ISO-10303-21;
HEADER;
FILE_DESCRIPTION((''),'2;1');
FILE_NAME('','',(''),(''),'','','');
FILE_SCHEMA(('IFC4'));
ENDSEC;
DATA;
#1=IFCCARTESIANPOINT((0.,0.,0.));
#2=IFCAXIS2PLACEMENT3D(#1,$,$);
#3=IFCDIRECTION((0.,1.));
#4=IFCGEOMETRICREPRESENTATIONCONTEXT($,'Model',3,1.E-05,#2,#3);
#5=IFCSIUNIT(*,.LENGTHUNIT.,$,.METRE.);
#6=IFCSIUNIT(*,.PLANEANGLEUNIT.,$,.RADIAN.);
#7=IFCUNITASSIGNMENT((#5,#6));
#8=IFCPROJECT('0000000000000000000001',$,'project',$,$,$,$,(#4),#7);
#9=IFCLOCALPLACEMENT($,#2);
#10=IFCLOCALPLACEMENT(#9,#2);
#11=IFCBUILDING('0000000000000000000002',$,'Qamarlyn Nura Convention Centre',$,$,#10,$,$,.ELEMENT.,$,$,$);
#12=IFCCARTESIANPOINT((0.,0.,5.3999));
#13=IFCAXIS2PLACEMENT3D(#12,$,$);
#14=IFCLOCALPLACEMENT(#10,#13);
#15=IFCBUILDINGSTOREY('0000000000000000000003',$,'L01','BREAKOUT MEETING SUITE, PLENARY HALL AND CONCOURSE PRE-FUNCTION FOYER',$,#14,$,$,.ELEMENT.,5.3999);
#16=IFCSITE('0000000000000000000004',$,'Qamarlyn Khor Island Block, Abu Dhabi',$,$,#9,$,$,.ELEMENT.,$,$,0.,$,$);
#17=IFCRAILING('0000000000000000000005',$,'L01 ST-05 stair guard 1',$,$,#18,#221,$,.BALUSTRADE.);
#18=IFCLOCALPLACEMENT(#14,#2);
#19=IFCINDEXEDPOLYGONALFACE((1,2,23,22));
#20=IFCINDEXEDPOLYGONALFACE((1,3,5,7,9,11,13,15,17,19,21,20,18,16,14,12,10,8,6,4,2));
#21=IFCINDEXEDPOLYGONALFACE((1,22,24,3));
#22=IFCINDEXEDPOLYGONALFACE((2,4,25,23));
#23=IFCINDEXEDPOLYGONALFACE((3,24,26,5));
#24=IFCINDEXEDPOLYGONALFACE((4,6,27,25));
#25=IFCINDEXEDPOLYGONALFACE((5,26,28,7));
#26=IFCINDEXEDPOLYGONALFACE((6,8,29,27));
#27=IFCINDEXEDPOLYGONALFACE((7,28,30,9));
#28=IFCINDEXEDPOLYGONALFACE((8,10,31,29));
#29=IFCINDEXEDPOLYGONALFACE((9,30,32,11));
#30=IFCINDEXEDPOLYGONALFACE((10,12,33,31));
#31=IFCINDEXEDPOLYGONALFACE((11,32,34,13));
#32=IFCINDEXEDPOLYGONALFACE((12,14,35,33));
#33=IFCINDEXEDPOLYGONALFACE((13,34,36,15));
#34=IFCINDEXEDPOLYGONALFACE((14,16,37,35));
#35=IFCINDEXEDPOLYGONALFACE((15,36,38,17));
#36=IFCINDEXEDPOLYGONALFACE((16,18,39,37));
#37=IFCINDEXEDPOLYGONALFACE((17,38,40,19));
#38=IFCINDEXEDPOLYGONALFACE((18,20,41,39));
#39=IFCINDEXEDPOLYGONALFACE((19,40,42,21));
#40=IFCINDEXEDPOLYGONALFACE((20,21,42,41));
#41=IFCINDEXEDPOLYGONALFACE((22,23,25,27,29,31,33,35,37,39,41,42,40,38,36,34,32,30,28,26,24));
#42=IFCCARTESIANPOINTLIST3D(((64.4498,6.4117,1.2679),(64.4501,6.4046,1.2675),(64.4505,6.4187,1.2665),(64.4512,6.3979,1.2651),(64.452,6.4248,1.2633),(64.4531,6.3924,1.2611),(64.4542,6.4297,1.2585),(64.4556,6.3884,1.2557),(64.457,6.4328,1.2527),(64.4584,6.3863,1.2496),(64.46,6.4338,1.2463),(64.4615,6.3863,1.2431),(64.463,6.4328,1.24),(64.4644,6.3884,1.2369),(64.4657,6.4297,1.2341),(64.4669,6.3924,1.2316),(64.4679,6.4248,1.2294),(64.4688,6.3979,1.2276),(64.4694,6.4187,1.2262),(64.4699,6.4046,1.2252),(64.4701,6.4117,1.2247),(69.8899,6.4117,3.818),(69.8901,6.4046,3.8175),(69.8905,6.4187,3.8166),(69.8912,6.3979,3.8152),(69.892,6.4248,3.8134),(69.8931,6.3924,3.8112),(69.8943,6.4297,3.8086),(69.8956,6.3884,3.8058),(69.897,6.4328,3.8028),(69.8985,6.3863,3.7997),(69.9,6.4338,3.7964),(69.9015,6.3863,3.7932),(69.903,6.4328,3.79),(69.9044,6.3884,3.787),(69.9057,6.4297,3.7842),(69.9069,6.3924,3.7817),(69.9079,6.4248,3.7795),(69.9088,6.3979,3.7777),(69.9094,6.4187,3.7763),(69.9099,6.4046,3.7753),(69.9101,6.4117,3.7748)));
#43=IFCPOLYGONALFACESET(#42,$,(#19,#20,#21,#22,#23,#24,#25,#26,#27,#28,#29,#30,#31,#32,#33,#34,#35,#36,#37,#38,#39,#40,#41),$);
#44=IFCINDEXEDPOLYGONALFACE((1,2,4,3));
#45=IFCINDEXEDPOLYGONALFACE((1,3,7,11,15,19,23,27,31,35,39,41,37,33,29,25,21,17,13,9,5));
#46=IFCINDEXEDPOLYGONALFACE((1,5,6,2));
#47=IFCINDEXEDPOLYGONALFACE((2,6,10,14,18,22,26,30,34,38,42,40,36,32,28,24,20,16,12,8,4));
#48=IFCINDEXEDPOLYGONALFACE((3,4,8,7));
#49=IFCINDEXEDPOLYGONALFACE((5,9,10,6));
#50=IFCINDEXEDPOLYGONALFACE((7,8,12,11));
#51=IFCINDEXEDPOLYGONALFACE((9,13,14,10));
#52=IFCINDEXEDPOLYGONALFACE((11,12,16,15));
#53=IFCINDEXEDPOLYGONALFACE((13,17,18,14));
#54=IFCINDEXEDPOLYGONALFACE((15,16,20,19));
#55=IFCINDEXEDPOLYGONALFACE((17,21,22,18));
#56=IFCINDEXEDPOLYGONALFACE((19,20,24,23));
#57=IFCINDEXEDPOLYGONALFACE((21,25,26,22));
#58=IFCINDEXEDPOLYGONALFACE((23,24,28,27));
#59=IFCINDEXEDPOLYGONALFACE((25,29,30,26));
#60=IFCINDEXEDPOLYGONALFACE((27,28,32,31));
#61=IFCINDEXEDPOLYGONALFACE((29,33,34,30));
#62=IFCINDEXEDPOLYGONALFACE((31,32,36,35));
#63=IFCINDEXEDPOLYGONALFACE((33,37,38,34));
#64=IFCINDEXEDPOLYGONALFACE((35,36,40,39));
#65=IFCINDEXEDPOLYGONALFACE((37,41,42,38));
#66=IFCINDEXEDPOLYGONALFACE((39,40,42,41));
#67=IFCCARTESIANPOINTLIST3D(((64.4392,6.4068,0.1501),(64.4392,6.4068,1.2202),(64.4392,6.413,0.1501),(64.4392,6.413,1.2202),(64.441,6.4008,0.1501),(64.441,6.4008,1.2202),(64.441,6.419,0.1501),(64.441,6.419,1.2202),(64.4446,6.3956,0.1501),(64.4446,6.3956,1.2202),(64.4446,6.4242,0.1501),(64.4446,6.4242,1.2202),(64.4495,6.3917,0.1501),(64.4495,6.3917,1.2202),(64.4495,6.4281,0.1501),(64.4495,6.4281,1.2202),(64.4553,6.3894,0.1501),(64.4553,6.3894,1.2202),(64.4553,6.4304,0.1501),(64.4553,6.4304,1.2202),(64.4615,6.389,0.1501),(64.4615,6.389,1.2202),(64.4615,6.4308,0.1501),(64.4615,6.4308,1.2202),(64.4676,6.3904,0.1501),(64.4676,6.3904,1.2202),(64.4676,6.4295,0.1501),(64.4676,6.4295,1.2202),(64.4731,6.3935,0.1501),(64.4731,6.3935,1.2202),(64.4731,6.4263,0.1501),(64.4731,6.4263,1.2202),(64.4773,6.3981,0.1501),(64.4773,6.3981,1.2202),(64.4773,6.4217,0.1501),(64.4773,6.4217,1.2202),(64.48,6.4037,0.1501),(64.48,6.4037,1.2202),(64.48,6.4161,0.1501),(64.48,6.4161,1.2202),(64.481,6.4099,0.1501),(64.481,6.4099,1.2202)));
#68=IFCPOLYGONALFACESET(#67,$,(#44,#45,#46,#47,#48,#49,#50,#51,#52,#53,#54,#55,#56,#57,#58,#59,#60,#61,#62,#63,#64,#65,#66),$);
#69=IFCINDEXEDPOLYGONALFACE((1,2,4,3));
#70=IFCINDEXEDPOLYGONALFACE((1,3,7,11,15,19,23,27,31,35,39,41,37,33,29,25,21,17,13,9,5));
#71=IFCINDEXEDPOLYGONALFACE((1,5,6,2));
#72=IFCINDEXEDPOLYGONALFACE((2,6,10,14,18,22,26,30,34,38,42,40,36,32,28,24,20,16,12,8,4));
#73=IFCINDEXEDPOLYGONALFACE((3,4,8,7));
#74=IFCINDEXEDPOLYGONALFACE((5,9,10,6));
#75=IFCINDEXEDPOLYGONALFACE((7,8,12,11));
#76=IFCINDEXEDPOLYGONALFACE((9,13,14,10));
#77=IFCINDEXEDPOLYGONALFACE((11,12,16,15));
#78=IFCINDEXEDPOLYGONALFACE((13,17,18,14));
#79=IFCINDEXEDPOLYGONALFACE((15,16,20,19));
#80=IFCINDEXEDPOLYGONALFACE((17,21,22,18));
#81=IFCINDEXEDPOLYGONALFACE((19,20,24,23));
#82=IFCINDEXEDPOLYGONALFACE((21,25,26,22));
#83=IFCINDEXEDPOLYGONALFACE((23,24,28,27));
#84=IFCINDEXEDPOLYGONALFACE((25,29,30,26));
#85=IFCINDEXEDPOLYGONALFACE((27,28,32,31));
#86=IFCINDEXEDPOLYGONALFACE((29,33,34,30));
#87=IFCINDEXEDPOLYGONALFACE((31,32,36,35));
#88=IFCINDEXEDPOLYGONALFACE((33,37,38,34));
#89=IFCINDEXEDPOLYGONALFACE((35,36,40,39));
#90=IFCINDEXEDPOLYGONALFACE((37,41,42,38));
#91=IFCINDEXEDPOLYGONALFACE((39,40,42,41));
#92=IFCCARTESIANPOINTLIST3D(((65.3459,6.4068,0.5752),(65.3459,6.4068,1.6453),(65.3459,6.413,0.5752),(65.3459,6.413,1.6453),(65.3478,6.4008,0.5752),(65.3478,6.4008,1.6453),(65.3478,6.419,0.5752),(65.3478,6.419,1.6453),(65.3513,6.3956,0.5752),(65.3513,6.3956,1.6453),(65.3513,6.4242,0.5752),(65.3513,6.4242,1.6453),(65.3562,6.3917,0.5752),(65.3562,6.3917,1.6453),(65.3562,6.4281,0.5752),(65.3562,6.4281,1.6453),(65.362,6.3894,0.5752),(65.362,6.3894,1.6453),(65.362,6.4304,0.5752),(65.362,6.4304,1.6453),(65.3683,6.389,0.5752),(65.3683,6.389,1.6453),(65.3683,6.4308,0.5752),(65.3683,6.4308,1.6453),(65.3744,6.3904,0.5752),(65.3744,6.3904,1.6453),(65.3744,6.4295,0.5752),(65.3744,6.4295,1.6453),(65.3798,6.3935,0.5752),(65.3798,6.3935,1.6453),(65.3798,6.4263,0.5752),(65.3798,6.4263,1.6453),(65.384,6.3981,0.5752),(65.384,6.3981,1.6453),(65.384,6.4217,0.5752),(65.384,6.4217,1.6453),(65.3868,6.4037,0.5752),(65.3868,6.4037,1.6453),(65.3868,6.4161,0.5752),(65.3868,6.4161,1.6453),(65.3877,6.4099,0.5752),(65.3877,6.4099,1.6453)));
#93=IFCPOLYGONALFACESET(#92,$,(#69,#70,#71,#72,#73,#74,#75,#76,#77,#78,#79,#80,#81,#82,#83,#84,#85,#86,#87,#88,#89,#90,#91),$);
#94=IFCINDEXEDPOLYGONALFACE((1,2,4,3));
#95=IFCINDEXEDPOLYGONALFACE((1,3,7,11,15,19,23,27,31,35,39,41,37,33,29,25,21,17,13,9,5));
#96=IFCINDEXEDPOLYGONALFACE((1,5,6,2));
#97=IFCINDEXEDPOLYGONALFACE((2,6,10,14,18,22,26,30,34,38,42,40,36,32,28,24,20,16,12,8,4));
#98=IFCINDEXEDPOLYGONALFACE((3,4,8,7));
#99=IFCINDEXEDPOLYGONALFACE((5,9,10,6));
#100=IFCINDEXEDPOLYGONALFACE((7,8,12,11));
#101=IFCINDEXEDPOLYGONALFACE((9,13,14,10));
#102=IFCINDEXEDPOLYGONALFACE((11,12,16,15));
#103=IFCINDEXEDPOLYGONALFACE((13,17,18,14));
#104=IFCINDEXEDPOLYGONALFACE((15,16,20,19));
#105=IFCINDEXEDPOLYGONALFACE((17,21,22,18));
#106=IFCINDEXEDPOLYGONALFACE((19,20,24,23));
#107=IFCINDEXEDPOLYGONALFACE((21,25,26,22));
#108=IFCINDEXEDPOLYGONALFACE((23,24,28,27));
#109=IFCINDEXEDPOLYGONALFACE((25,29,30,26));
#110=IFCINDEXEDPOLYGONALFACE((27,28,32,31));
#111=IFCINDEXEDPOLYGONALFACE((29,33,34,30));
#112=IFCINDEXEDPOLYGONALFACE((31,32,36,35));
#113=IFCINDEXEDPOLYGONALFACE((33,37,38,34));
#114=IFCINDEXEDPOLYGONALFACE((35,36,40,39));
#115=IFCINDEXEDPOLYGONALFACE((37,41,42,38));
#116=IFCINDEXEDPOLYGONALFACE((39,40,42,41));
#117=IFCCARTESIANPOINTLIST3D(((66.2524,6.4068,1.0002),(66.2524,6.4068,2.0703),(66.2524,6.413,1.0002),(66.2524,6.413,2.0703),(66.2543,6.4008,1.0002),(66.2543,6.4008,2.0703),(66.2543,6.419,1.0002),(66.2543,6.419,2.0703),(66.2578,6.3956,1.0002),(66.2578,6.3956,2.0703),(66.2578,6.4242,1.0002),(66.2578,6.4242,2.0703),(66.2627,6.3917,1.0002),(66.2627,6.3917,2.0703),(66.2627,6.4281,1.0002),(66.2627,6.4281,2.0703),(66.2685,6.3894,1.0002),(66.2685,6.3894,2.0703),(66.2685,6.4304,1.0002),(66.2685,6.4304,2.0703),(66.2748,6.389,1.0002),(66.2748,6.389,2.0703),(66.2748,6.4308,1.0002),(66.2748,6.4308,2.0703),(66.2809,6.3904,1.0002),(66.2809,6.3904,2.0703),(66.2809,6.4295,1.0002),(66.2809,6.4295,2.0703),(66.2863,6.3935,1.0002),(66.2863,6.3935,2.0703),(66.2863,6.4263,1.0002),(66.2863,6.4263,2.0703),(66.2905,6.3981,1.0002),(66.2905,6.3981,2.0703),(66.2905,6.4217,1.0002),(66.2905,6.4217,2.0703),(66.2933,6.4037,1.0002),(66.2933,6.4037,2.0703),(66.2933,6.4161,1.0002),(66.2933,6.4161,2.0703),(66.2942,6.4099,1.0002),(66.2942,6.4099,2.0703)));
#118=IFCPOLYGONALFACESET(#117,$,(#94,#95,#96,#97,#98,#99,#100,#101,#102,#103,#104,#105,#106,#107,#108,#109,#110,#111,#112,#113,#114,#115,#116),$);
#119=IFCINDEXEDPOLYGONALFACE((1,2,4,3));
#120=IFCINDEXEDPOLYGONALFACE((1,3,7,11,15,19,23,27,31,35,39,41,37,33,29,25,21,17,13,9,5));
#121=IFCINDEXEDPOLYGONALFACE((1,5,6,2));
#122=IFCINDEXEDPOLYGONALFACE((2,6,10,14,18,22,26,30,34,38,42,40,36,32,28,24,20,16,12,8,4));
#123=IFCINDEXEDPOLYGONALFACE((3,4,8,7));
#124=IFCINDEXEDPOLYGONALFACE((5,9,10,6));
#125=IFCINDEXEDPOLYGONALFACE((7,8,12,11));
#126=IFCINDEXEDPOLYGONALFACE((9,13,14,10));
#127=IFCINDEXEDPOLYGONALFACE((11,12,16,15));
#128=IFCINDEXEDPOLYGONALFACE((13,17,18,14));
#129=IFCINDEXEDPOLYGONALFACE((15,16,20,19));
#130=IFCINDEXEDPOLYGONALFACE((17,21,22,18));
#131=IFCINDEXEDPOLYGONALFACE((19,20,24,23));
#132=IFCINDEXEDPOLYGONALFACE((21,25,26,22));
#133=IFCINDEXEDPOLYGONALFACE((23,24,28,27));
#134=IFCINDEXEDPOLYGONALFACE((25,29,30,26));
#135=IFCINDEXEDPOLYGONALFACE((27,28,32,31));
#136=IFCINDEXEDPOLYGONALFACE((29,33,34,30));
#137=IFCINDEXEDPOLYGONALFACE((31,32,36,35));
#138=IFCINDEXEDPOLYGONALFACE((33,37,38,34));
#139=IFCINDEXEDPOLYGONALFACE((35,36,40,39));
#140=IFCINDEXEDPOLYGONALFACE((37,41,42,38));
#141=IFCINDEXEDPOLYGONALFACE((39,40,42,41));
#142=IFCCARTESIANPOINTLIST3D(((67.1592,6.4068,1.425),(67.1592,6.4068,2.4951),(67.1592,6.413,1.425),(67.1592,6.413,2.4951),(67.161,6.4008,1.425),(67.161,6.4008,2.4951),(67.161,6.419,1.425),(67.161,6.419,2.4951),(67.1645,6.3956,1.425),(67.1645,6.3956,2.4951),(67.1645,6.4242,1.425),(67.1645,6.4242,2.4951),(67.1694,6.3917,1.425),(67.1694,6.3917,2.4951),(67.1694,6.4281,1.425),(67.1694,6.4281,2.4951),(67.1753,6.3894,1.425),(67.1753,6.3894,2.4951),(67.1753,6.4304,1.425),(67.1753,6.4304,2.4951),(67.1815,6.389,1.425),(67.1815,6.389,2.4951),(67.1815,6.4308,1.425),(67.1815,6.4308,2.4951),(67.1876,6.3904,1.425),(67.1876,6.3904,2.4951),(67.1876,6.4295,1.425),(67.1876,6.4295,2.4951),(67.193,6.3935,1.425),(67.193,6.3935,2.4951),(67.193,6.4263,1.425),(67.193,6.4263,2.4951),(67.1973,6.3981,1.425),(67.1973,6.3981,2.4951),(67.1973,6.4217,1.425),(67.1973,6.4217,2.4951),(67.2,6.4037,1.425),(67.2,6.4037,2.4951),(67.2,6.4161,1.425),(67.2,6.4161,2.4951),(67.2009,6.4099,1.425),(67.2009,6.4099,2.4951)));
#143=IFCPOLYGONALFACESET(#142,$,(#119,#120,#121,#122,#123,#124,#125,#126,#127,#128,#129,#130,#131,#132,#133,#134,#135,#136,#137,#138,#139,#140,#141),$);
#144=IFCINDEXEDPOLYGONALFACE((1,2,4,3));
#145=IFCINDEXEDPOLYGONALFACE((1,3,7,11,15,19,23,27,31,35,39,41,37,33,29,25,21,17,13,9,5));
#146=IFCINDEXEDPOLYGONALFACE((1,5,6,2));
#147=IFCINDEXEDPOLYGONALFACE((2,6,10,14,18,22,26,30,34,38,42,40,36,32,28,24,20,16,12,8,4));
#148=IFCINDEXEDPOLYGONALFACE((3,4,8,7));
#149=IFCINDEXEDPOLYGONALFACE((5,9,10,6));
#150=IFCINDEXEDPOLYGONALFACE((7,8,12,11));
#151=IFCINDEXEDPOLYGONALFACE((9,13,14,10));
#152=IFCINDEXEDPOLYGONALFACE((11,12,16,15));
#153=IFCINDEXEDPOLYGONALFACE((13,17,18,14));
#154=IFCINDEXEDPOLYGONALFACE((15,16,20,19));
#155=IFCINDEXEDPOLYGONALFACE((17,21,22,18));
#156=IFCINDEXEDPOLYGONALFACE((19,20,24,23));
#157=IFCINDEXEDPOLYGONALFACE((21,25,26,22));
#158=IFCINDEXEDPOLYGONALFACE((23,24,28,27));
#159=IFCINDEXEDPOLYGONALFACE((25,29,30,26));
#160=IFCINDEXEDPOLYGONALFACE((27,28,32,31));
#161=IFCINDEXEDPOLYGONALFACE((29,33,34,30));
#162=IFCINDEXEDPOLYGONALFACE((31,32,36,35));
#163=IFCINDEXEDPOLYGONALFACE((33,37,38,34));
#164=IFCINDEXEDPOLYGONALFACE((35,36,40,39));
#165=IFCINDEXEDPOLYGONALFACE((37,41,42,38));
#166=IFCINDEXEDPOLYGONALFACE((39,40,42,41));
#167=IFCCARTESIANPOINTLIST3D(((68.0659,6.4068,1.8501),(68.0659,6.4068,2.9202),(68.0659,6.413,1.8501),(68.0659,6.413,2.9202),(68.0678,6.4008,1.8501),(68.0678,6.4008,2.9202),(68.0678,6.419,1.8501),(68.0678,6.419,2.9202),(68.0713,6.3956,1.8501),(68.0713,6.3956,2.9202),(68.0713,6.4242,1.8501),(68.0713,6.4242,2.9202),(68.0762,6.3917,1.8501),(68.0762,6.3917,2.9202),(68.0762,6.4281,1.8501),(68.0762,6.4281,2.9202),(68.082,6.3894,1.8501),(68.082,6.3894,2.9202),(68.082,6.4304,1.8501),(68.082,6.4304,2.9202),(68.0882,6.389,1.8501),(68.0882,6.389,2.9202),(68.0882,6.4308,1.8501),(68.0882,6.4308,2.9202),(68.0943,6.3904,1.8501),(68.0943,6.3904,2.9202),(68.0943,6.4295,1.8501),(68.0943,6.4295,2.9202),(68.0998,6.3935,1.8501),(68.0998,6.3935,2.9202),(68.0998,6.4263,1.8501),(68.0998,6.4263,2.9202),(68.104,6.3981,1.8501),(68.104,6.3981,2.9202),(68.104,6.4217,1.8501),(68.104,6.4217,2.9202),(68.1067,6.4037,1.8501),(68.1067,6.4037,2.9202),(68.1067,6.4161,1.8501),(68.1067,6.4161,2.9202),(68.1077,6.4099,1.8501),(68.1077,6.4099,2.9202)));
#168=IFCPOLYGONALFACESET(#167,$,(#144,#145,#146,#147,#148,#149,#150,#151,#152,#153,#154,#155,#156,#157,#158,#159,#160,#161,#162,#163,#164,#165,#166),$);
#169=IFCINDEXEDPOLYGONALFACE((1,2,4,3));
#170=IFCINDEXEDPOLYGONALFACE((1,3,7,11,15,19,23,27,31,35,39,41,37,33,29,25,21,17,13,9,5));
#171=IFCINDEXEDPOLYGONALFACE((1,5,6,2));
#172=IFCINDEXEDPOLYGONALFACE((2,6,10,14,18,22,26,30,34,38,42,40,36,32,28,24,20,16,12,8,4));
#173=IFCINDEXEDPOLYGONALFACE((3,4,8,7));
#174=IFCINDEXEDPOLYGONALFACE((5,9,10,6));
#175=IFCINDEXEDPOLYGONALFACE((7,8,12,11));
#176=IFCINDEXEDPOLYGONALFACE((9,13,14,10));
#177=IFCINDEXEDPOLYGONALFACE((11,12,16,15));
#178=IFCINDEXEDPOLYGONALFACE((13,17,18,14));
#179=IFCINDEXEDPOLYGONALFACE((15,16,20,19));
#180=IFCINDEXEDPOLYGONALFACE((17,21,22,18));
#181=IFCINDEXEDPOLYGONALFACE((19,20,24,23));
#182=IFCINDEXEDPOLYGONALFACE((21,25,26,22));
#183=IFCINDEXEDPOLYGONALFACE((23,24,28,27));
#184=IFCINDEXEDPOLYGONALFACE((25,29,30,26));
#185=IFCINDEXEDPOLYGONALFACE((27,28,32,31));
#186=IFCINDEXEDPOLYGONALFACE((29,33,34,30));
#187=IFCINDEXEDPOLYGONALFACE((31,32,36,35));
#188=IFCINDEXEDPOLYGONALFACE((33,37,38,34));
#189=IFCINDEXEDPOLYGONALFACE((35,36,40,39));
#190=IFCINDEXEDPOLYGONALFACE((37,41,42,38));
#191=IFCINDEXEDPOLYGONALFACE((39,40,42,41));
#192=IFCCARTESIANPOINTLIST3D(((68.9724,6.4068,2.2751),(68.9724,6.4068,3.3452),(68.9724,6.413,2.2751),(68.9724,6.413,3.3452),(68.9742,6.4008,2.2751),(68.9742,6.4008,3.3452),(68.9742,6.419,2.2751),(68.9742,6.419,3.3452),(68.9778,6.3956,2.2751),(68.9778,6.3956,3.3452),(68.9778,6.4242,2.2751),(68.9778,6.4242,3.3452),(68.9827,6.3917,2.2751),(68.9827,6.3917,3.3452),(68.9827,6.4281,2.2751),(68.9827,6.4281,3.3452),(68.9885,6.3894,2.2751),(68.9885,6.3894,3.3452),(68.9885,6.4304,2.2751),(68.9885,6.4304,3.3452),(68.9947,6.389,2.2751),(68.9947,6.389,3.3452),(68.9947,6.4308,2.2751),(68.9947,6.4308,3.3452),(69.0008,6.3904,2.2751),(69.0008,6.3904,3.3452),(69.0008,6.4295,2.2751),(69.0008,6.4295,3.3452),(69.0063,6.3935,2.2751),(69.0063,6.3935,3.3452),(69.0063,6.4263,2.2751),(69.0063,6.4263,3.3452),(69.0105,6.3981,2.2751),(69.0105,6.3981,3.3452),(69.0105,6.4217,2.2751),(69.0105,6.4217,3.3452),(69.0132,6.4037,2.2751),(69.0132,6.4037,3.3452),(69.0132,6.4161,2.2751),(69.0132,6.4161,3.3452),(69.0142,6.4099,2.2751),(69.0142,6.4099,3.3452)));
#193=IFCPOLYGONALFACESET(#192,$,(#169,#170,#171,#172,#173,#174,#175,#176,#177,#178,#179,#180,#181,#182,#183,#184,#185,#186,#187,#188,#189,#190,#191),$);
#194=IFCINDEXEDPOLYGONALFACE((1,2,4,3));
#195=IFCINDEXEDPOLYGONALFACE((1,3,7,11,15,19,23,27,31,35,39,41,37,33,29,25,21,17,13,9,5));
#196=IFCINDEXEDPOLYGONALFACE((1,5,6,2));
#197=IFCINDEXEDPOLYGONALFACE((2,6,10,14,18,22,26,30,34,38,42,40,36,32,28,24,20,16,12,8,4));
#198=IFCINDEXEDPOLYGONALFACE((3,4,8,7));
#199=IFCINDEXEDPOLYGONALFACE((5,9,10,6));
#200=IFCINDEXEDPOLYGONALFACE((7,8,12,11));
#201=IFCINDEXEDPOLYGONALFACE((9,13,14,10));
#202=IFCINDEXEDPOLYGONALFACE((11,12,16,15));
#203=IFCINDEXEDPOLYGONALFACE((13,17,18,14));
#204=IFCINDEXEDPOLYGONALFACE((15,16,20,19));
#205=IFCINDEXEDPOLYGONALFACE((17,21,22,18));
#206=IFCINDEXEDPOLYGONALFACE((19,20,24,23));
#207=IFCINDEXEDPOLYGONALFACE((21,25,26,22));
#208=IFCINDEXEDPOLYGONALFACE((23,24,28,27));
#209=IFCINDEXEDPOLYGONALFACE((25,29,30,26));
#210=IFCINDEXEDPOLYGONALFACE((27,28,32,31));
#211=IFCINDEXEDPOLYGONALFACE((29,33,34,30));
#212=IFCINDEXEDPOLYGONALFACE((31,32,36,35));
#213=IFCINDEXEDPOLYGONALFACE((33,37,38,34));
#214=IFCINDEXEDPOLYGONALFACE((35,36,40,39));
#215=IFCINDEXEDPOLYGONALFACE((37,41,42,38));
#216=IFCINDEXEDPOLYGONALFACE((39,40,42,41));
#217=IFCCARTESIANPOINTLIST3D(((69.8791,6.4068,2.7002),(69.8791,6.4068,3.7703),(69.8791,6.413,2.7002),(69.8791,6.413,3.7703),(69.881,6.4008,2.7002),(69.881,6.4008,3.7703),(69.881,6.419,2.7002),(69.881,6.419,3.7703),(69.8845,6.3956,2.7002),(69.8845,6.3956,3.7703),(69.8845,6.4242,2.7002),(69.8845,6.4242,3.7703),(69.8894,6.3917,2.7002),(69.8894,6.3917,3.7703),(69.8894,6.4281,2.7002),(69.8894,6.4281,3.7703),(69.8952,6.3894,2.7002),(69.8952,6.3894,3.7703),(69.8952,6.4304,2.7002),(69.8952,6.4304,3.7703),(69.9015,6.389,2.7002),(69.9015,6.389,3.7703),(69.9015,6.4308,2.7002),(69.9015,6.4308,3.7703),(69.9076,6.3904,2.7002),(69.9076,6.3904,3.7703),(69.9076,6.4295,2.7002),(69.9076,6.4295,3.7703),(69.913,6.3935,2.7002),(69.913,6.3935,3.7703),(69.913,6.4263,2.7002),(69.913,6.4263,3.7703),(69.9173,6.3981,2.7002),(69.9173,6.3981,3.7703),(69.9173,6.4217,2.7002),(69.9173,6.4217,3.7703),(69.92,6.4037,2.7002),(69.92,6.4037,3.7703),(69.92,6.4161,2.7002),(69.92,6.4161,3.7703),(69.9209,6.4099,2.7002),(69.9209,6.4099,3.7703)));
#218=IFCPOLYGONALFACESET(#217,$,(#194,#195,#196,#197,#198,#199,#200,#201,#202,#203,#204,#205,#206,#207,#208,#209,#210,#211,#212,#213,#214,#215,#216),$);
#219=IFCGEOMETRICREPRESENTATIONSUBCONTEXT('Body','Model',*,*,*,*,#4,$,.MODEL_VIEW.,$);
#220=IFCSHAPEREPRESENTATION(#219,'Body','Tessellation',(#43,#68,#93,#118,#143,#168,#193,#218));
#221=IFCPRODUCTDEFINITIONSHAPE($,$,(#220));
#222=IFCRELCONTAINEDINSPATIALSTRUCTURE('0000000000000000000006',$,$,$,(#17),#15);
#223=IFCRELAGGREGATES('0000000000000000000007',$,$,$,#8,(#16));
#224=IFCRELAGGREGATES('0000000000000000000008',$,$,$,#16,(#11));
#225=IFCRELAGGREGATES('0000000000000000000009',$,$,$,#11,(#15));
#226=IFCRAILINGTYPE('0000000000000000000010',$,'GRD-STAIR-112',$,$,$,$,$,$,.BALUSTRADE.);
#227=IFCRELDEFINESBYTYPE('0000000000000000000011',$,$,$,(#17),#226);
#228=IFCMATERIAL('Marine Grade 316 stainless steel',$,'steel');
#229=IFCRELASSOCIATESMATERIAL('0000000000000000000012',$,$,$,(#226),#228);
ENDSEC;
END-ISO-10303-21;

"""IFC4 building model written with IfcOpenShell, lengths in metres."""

from ifc_helpers import new_model, si_unit, direction, frame, origin, origin_2d, place, context, subcontext, project, spatial, circle, extrude, material, type_object, element, save


model = new_model("IFC4")

# Units and contexts
model_context = context("Model", 3, precision=1e-05, world=origin(), true_north=direction((0.0, 1.0)))
body_context = subcontext(model_context, "Body", "Model", "MODEL_VIEW")
ifc_project = project(units=[si_unit("LENGTHUNIT", "METRE"), si_unit("PLANEANGLEUNIT", "RADIAN")], contexts=[model_context])

# Site, building, storey
site_placement = place(None, origin())
site = spatial("IfcSite", under=ifc_project, at=site_placement, Name="Qamarlyn Khor Island Block, Abu Dhabi", CompositionType="ELEMENT", RefElevation=0.0)
building_placement = place(site_placement, origin())
building = spatial("IfcBuilding", under=site, at=building_placement, Name="Qamarlyn Nura Convention Centre", CompositionType="ELEMENT")
storey_placement = place(building_placement, frame((0.0, 0.0, 5.3999)))
storey = spatial("IfcBuildingStorey", under=building, at=storey_placement, Name="L01", Description="BREAKOUT MEETING SUITE, PLENARY HALL AND CONCOURSE PRE-FUNCTION FOYER", CompositionType="ELEMENT", Elevation=5.3999)

# Railing
ifc_material_1 = material(Name="Marine Grade 316 stainless steel", Category="steel")
railing_type_1 = type_object("IfcRailingType", Name="GRD-STAIR-112", PredefinedType="BALUSTRADE", material=ifc_material_1)
railing_1_placement = place(storey_placement, frame((64.46, 6.4099, 0.1501)))
element("IfcRailing", 1, at=railing_1_placement, inside=storey, type_object=railing_type_1, Name="L01 ST-05 stair guard 1", PredefinedType="BALUSTRADE", context=body_context, shape_type="SweptSolid", body=[
    extrude(circle(Radius=0.0239, at=origin_2d()), frame((0.0, 0.0, 1.0962), z_axis=(0.905454, 0.0, 0.424444), x_axis=(0.0, 1.0, 0.0)), (0.0, 0.0, 1.0), 6.0081),
    extrude(circle(Radius=0.021, at=origin_2d()), origin(), (0.0, 0.0, 1.0), 1.0701),
    extrude(circle(Radius=0.021, at=origin_2d()), frame((0.9067, 0.0, 0.425)), (0.0, 0.0, 1.0), 1.0701),
    extrude(circle(Radius=0.021, at=origin_2d()), frame((1.8132, 0.0, 0.8501)), (0.0, 0.0, 1.0), 1.0701),
    extrude(circle(Radius=0.021, at=origin_2d()), frame((2.72, 0.0, 1.2749)), (0.0, 0.0, 1.0), 1.0701),
    extrude(circle(Radius=0.021, at=origin_2d()), frame((3.6267, 0.0, 1.7)), (0.0, 0.0, 1.0), 1.0701),
    extrude(circle(Radius=0.021, at=origin_2d()), frame((4.5332, 0.0, 2.125)), (0.0, 0.0, 1.0), 1.0701),
    extrude(circle(Radius=0.021, at=origin_2d()), frame((5.4399, 0.0, 2.55)), (0.0, 0.0, 1.0), 1.0701),
])

save(model, "model.ifc")
